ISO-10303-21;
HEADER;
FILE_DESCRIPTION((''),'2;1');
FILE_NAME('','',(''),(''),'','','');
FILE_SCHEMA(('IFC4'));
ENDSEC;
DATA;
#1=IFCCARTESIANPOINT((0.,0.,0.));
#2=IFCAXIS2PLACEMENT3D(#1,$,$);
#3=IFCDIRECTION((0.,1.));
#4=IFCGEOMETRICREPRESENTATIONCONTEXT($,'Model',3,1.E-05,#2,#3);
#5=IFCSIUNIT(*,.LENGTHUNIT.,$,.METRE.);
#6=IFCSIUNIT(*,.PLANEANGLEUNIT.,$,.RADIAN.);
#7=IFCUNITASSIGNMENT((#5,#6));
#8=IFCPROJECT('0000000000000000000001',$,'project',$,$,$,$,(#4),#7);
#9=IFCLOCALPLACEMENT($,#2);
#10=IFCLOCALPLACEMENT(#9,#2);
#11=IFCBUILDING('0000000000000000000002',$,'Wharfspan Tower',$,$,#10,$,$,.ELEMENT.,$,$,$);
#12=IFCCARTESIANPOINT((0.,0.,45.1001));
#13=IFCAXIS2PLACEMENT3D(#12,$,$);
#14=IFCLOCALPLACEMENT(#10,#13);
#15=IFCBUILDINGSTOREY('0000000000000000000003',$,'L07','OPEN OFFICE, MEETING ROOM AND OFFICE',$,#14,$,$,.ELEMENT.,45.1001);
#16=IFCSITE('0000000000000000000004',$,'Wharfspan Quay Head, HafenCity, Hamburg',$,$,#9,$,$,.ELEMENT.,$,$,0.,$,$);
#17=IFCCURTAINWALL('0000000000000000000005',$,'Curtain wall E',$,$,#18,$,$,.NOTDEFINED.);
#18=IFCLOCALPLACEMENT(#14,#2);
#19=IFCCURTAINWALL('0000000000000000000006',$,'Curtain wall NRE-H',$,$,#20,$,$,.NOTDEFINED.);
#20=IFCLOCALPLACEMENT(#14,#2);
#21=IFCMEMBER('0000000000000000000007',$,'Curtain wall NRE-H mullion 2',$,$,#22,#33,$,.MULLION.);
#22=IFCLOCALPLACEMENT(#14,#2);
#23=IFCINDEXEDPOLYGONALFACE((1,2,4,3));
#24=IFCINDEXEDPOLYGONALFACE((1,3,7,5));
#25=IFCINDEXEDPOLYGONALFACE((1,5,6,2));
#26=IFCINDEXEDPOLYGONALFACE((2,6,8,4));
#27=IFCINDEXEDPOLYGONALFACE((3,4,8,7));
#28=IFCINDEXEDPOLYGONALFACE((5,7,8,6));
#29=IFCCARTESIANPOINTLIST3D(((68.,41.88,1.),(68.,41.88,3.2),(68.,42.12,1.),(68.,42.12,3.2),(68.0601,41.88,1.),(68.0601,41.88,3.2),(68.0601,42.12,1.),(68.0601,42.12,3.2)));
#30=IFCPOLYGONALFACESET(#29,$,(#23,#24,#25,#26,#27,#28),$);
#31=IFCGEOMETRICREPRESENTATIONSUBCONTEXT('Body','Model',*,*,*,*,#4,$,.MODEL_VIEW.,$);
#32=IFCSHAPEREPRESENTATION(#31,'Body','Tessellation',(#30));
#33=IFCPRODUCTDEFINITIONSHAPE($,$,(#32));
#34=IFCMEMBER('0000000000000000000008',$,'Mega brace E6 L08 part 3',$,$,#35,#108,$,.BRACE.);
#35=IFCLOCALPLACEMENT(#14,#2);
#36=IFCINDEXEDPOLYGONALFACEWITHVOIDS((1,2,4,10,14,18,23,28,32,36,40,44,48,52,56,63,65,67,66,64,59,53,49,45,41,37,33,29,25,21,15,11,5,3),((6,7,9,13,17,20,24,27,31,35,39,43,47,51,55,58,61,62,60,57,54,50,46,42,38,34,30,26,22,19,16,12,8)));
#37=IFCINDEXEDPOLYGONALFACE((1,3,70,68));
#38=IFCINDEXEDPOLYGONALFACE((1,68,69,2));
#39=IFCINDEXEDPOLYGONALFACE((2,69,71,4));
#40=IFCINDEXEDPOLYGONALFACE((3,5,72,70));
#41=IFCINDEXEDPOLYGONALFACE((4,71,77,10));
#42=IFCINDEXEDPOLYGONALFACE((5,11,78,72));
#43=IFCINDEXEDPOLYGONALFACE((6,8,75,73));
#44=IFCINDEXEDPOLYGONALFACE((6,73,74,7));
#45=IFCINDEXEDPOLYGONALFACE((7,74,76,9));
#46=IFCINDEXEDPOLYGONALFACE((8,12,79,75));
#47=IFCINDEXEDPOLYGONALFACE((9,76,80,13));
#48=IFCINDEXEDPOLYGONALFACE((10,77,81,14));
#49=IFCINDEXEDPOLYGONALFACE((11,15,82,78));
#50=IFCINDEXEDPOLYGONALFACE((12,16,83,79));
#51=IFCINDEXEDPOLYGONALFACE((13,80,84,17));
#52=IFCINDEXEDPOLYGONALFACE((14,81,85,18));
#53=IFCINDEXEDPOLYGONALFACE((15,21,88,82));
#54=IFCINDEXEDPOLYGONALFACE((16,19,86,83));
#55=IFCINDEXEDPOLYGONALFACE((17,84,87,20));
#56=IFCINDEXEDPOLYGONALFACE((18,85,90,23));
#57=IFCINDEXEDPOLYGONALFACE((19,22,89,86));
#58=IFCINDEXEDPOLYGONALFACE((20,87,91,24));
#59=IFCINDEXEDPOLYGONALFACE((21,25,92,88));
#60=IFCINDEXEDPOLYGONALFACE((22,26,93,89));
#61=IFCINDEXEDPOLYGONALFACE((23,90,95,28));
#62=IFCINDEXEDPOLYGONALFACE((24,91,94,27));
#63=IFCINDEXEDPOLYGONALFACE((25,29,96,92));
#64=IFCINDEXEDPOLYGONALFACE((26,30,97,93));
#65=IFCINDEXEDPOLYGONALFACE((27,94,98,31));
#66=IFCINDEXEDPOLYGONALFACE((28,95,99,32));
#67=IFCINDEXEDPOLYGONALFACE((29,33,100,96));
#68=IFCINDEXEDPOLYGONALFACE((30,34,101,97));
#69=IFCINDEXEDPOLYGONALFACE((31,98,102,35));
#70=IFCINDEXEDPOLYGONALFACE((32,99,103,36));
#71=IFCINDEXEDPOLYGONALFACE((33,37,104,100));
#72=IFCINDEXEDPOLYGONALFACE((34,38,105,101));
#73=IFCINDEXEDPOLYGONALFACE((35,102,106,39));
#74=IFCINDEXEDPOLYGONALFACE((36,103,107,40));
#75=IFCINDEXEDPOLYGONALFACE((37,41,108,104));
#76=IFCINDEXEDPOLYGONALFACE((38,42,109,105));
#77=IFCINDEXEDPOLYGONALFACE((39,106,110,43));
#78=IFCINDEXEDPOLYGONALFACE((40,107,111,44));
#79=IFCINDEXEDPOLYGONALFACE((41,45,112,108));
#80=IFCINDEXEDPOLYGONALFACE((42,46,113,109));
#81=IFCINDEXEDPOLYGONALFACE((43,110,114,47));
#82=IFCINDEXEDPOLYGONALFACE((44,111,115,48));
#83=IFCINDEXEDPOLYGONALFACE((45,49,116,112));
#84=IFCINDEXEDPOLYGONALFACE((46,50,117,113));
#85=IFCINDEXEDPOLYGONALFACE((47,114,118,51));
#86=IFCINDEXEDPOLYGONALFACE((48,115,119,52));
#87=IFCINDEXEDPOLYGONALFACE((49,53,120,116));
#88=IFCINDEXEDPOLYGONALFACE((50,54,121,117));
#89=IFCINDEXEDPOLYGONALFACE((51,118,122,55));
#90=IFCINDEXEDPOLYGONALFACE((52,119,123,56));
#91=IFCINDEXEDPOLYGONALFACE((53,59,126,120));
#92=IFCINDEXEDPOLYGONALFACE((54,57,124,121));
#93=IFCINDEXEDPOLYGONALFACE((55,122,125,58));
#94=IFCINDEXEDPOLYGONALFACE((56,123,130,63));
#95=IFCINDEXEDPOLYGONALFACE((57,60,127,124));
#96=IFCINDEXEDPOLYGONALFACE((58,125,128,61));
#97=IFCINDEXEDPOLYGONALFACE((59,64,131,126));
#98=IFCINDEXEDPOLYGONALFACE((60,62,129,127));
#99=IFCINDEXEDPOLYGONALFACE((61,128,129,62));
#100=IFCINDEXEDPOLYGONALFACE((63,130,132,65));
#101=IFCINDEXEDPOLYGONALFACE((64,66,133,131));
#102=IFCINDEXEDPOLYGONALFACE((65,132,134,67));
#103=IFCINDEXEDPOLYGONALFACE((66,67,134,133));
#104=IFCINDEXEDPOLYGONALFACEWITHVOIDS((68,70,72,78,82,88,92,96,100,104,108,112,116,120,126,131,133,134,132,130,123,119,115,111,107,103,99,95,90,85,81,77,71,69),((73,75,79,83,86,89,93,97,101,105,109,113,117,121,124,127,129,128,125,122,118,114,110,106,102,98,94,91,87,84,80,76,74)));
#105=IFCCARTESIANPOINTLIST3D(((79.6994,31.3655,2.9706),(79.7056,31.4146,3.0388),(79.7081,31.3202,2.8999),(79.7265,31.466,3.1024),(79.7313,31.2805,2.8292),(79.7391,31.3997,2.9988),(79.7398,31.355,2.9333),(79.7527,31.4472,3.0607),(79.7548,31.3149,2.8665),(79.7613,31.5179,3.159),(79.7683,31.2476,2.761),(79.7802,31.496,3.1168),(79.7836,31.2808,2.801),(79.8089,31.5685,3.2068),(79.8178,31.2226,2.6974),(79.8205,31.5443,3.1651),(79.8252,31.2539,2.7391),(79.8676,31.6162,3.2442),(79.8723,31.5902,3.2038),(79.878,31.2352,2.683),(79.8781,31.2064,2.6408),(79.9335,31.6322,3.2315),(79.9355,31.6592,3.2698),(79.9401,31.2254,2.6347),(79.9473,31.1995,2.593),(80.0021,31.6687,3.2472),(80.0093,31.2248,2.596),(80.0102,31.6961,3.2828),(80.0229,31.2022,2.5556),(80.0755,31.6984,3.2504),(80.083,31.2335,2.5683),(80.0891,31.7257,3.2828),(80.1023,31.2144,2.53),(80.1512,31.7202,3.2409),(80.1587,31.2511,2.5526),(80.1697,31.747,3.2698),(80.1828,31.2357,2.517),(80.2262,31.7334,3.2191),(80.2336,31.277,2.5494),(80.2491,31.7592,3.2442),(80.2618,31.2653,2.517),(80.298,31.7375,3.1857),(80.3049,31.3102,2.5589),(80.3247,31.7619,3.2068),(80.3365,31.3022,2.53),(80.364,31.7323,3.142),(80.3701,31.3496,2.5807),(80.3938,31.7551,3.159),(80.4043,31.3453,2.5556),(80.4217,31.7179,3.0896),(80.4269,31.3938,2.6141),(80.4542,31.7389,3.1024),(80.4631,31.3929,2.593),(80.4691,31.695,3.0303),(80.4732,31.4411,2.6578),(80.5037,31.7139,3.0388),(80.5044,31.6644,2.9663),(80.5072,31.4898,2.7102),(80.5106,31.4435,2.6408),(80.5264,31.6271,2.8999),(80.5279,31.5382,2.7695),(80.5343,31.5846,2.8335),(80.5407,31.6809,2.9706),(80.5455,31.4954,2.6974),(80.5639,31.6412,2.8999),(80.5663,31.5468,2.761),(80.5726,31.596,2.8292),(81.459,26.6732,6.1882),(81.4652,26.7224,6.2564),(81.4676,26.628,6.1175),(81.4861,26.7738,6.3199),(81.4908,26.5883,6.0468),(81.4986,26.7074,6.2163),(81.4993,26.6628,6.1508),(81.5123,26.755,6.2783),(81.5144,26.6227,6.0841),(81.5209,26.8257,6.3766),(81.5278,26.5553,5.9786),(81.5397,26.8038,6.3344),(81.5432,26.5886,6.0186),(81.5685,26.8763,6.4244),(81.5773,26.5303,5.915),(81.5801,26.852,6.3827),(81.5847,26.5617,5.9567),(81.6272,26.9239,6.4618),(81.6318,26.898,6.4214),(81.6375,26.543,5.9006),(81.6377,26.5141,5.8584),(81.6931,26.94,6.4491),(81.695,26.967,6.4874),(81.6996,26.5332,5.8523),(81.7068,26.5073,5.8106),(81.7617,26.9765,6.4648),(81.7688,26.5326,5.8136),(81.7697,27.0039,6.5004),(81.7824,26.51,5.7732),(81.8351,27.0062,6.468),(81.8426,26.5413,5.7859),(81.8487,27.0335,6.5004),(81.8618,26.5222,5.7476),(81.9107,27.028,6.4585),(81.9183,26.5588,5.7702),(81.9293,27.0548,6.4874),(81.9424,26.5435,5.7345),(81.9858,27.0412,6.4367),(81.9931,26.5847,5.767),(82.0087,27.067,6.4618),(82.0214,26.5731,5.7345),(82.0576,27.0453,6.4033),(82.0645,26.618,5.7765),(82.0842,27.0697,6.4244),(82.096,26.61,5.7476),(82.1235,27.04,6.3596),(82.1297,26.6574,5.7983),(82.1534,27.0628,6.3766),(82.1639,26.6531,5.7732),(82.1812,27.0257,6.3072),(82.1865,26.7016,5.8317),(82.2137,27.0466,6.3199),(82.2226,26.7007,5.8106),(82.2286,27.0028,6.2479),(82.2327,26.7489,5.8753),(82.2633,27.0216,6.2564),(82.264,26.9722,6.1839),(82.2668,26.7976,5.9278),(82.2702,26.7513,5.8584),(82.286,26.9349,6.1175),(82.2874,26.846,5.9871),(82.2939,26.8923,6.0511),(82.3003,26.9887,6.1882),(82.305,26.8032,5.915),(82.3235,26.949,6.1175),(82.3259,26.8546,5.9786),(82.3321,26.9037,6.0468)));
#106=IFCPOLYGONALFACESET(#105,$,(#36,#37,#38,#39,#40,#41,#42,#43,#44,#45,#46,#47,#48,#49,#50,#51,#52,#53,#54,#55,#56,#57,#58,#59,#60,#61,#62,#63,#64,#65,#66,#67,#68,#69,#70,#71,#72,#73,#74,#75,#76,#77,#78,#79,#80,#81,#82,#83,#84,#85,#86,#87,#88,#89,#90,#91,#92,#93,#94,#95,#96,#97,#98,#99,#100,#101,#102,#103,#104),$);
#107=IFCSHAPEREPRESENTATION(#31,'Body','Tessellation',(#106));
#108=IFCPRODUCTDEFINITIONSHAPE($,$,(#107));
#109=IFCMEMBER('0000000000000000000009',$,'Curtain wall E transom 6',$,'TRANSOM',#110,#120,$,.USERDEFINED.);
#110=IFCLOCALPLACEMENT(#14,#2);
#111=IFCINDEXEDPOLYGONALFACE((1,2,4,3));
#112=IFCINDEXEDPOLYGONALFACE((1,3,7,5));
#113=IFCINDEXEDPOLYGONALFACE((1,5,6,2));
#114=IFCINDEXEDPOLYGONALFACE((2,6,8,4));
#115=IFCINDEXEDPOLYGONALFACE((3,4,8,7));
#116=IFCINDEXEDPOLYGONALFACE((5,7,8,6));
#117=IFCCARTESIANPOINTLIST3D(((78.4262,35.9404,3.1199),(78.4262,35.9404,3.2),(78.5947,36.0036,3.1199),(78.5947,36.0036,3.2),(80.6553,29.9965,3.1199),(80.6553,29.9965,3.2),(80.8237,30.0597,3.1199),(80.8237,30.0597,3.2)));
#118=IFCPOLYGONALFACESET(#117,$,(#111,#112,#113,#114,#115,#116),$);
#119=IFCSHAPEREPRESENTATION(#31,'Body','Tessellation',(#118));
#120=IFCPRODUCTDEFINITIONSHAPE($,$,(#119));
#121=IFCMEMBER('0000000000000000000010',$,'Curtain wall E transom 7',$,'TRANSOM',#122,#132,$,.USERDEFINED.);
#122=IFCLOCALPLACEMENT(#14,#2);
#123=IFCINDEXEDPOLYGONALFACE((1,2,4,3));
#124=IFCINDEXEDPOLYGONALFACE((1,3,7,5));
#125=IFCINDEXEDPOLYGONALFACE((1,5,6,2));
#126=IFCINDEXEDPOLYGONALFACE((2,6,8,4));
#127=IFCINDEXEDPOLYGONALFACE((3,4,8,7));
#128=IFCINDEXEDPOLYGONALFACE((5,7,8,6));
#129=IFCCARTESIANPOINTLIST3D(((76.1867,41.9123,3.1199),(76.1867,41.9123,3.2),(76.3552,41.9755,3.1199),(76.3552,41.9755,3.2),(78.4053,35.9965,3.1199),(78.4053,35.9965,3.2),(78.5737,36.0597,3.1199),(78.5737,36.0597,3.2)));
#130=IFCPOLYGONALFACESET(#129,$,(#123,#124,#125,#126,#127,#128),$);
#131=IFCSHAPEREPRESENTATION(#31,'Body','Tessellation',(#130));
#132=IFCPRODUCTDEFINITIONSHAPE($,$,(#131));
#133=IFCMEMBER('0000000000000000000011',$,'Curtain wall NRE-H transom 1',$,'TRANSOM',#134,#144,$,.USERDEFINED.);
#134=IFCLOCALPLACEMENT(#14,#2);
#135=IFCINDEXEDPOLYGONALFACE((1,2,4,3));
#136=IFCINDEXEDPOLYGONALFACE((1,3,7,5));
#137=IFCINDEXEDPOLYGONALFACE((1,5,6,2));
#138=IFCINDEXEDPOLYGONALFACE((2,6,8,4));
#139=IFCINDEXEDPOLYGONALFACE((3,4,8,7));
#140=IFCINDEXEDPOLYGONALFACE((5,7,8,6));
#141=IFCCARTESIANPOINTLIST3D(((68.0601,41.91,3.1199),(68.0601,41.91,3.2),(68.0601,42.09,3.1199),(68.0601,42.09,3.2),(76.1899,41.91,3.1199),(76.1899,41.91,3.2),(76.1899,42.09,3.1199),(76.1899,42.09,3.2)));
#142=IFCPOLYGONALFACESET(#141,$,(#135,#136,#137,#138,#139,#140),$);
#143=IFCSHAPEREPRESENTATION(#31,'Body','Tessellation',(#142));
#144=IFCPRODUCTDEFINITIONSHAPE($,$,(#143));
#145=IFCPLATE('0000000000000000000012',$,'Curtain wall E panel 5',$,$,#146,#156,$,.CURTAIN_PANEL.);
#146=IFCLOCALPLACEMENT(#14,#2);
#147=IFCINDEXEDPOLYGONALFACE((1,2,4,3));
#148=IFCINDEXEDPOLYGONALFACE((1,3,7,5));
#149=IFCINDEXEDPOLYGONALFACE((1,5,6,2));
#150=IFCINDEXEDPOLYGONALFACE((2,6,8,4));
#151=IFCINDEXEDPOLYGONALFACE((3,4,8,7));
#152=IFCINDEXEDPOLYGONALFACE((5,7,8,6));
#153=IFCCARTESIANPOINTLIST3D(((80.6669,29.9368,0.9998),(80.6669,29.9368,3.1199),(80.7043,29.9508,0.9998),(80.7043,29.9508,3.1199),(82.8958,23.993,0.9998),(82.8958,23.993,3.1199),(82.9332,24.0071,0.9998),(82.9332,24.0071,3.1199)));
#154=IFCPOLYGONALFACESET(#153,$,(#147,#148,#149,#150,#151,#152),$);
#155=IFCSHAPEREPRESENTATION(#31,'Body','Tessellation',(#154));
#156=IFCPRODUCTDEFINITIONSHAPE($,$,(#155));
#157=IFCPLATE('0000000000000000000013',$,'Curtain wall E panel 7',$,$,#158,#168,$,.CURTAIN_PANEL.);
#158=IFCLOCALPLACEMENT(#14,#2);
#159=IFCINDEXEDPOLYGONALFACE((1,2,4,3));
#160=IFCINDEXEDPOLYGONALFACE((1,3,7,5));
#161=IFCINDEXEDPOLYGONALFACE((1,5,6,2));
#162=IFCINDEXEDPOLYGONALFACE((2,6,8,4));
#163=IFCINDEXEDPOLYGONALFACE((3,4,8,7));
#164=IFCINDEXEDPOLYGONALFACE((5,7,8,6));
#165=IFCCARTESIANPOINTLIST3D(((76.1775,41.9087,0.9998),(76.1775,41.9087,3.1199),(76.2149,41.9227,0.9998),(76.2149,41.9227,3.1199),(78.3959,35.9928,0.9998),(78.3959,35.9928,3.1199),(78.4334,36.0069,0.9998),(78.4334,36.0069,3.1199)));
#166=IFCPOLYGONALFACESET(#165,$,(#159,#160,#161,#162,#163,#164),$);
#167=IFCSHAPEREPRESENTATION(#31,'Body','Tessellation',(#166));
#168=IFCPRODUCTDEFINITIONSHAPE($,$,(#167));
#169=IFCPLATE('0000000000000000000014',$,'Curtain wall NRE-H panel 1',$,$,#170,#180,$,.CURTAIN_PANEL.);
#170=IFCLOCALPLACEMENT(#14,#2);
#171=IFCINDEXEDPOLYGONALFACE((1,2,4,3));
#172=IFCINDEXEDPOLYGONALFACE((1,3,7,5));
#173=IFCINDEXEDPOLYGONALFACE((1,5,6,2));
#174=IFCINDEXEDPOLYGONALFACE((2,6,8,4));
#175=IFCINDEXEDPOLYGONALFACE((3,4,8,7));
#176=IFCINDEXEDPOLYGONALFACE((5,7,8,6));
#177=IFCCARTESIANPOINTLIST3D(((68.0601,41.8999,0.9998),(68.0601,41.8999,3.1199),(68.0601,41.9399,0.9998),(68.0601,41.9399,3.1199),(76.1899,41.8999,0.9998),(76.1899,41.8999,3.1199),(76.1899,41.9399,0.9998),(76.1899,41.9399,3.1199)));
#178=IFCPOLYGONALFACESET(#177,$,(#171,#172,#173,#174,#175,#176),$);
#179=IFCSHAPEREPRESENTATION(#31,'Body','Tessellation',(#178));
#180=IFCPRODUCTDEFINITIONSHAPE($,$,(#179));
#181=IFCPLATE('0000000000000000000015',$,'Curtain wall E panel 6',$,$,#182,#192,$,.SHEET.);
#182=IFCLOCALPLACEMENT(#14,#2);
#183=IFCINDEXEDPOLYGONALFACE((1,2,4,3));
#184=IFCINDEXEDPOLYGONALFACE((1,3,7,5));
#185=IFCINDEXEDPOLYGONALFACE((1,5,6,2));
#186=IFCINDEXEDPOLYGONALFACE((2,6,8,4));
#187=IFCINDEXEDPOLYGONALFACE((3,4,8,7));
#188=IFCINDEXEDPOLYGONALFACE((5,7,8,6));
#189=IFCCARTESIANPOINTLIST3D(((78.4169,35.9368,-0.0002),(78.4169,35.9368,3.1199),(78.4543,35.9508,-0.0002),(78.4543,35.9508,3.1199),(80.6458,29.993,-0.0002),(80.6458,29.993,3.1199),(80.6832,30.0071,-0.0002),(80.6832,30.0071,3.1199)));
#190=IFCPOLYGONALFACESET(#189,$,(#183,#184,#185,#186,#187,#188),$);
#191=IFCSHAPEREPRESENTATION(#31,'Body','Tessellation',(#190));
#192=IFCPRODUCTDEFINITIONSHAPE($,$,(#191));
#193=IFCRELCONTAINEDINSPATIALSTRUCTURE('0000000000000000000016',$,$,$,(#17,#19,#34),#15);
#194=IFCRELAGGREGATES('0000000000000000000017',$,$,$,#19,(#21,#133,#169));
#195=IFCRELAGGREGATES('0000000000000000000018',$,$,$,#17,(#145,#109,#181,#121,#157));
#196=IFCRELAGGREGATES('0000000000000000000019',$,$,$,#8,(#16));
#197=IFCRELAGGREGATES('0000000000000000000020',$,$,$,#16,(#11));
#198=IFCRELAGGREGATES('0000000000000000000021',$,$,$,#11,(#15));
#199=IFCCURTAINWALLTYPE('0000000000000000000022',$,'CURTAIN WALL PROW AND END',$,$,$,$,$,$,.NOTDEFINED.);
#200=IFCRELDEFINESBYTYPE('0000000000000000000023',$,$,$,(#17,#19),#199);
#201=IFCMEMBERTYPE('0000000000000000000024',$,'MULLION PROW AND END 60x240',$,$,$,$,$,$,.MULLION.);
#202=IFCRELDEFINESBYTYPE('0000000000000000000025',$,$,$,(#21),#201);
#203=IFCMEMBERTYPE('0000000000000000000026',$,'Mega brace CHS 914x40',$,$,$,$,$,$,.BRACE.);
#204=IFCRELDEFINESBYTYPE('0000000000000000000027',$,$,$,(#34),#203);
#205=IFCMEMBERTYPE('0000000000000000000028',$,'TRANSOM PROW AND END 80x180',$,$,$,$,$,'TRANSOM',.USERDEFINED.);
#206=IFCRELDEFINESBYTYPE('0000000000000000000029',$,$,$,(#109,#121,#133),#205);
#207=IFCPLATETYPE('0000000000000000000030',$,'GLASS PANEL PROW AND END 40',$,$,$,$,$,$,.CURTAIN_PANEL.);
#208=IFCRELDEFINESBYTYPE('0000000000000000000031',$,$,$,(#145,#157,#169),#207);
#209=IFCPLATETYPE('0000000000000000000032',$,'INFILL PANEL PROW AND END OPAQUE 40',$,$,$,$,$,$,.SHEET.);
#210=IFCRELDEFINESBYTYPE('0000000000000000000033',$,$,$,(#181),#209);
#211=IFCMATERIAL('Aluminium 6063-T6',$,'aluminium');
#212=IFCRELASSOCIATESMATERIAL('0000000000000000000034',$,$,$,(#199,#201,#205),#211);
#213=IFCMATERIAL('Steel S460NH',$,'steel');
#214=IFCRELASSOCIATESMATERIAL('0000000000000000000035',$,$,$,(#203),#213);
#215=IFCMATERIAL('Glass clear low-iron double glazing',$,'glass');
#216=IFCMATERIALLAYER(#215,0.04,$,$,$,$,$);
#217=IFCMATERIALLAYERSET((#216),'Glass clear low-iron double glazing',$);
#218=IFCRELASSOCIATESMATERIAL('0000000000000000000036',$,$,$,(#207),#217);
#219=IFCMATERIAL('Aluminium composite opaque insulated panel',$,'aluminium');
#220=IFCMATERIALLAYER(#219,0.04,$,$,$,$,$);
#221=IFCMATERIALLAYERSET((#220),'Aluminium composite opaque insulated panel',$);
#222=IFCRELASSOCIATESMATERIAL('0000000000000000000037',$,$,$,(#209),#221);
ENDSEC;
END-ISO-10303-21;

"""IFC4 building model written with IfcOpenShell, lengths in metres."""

from ifc_helpers import new_model, si_unit, direction, frame, origin, origin_2d, place, context, subcontext, project, spatial, rectangle, hollow_circle, extrude, material, layer, layer_set, material_profile, profile_set, type_object, element, aggregate, save


model = new_model("IFC4")

# Units and contexts
model_context = context("Model", 3, precision=1e-05, world=origin(), true_north=direction((0.0, 1.0)))
body_context = subcontext(model_context, "Body", "Model", "MODEL_VIEW")
ifc_project = project(units=[si_unit("LENGTHUNIT", "METRE"), si_unit("PLANEANGLEUNIT", "RADIAN")], contexts=[model_context])

# Site, building, storey
site_placement = place(None, origin())
site = spatial("IfcSite", under=ifc_project, at=site_placement, Name="Wharfspan Quay Head, HafenCity, Hamburg", CompositionType="ELEMENT", RefElevation=0.0)
building_placement = place(site_placement, origin())
building = spatial("IfcBuilding", under=site, at=building_placement, Name="Wharfspan Tower", CompositionType="ELEMENT")
storey_placement = place(building_placement, frame((0.0, 0.0, 45.1001)))
storey = spatial("IfcBuildingStorey", under=building, at=storey_placement, Name="L07", Description="OPEN OFFICE, MEETING ROOM AND OFFICE", CompositionType="ELEMENT", Elevation=45.1001)

# Curtain walls, member
ifc_material_1 = material(Name="Aluminium 6063-T6", Category="aluminium")
curtain_wall_type = type_object("IfcCurtainWallType", Name="CURTAIN WALL PROW AND END", PredefinedType="NOTDEFINED", material=ifc_material_1)
curtain_wall_1_placement = place(storey_placement, origin())
curtain_wall_1 = element("IfcCurtainWall", 1, at=curtain_wall_1_placement, inside=storey, type_object=curtain_wall_type, Name="Curtain wall E", PredefinedType="NOTDEFINED")
ifc_material_profile_1 = material_profile(ifc_material_1, rectangle(XDim=0.24, YDim=0.0601, at=origin_2d()))
ifc_profile_set_1 = profile_set([ifc_material_profile_1], Name="Aluminium 6063-T6")
member_type_1 = type_object("IfcMemberType", Name="MULLION PROW AND END 60x240", PredefinedType="MULLION", material=ifc_profile_set_1)
curtain_wall_2_placement = place(storey_placement, origin())
curtain_wall_2 = element("IfcCurtainWall", 2, at=curtain_wall_2_placement, inside=storey, type_object=curtain_wall_type, Name="Curtain wall NRE-H", PredefinedType="NOTDEFINED")
member_1_placement = place(storey_placement, frame((68.03, 42.0, 1.0), z_axis=(0.0, 0.0, 1.0), x_axis=(0.0, -1.0, 0.0)))
member_1 = element("IfcMember", 3, at=member_1_placement, type_object=member_type_1, Name="Curtain wall NRE-H mullion 2", PredefinedType="MULLION", context=body_context, shape_type="SweptSolid", body=[
    extrude(rectangle(XDim=0.24, YDim=0.0601, at=origin_2d()), origin(), (0.0, 0.0, 1.0), 2.2),
])

# Members
ifc_material_2 = material(Name="Steel S460NH", Category="steel")
ifc_material_profile_2 = material_profile(ifc_material_2, hollow_circle(Radius=0.457, WallThickness=0.04, at=origin_2d()))
ifc_profile_set_2 = profile_set([ifc_material_profile_2], Name="Steel S460NH")
member_type_2 = type_object("IfcMemberType", Name="Mega brace CHS 914x40", PredefinedType="BRACE", material=ifc_profile_set_2)
member_2_placement = place(storey_placement, frame((80.136, 31.4807, 2.8999), z_axis=(0.295459, -0.787904, 0.540288), x_axis=(0.936328, 0.351115, -0.000003)))
element("IfcMember", 4, at=member_2_placement, inside=storey, type_object=member_type_2, Name="Mega brace E6 L08 part 3", PredefinedType="BRACE", context=body_context, shape_type="SweptSolid", body=[
    extrude(hollow_circle(Radius=0.457, WallThickness=0.04, at=origin_2d()), origin(), (0.0, 0.0, 1.0), 5.9553),
])
ifc_material_profile_3 = material_profile(ifc_material_1, rectangle(XDim=0.1799, YDim=0.0801, at=origin_2d()))
ifc_profile_set_3 = profile_set([ifc_material_profile_3], Name="Aluminium 6063-T6")
member_type_3 = type_object("IfcMemberType", Name="TRANSOM PROW AND END 80x180", ElementType="TRANSOM", PredefinedType="USERDEFINED", material=ifc_profile_set_3)
member_3_placement = place(storey_placement, frame((80.7395, 30.0281, 3.1599), z_axis=(-0.351132, 0.936326, 0.0), x_axis=(-0.936326, -0.351132, 0.0)))
member_3 = element("IfcMember", 5, at=member_3_placement, type_object=member_type_3, Name="Curtain wall E transom 6", ObjectType="TRANSOM", PredefinedType="USERDEFINED", context=body_context, shape_type="SweptSolid", body=[
    extrude(rectangle(XDim=0.1799, YDim=0.0801, at=origin_2d()), origin(), (0.0, 0.0, 1.0), 6.3481),
])
member_4_placement = place(storey_placement, frame((78.4895, 36.0281, 3.1599), z_axis=(-0.351136, 0.936324, 0.0), x_axis=(-0.936324, -0.351136, 0.0)))
member_4 = element("IfcMember", 6, at=member_4_placement, type_object=member_type_3, Name="Curtain wall E transom 7", ObjectType="TRANSOM", PredefinedType="USERDEFINED", context=body_context, shape_type="SweptSolid", body=[
    extrude(rectangle(XDim=0.1799, YDim=0.0801, at=origin_2d()), origin(), (0.0, 0.0, 1.0), 6.3181),
])
member_5_placement = place(storey_placement, frame((76.1899, 42.0, 3.1599), z_axis=(-1.0, 0.0, 0.0), x_axis=(0.0, -1.0, 0.0)))
member_5 = element("IfcMember", 7, at=member_5_placement, type_object=member_type_3, Name="Curtain wall NRE-H transom 1", ObjectType="TRANSOM", PredefinedType="USERDEFINED", context=body_context, shape_type="SweptSolid", body=[
    extrude(rectangle(XDim=0.1799, YDim=0.0801, at=origin_2d()), origin(), (0.0, 0.0, 1.0), 8.1299),
])

# Plates
ifc_material_3 = material(Name="Glass clear low-iron double glazing", Category="glass")
ifc_layer_1 = layer(ifc_material_3, 0.04)
ifc_layer_set_1 = layer_set([ifc_layer_1], Name="Glass clear low-iron double glazing")
plate_type_1 = type_object("IfcPlateType", Name="GLASS PANEL PROW AND END 40", PredefinedType="CURTAIN_PANEL", material=ifc_layer_set_1)
plate_1_placement = place(storey_placement, frame((81.8, 26.9719, 0.9998), z_axis=(0.0, 0.0, 1.0), x_axis=(-0.351123, 0.936328, 0.0)))
plate_1 = element("IfcPlate", 8, at=plate_1_placement, type_object=plate_type_1, Name="Curtain wall E panel 5", PredefinedType="CURTAIN_PANEL", context=body_context, shape_type="SweptSolid", body=[
    extrude(rectangle(XDim=6.3479, YDim=0.04, at=origin_2d()), origin(), (0.0, 0.0, 1.0), 2.1201),
])
plate_2_placement = place(storey_placement, frame((77.3054, 38.9578, 0.9998), z_axis=(0.0, 0.0, 1.0), x_axis=(-0.351123, 0.936328, 0.0)))
plate_2 = element("IfcPlate", 9, at=plate_2_placement, type_object=plate_type_1, Name="Curtain wall E panel 7", PredefinedType="CURTAIN_PANEL", context=body_context, shape_type="SweptSolid", body=[
    extrude(rectangle(XDim=6.3181, YDim=0.04, at=origin_2d()), origin(), (0.0, 0.0, 1.0), 2.1201),
])
plate_3_placement = place(storey_placement, frame((72.125, 41.9199, 0.9998), z_axis=(0.0, 0.0, 1.0), x_axis=(-1.0, 0.0, 0.0)))
plate_3 = element("IfcPlate", 10, at=plate_3_placement, type_object=plate_type_1, Name="Curtain wall NRE-H panel 1", PredefinedType="CURTAIN_PANEL", context=body_context, shape_type="SweptSolid", body=[
    extrude(rectangle(XDim=8.1299, YDim=0.04, at=origin_2d()), origin(), (0.0, 0.0, 1.0), 2.1201),
])
aggregate(curtain_wall_2, [member_1, member_5, plate_3])
ifc_material_4 = material(Name="Aluminium composite opaque insulated panel", Category="aluminium")
ifc_layer_2 = layer(ifc_material_4, 0.04)
ifc_layer_set_2 = layer_set([ifc_layer_2], Name="Aluminium composite opaque insulated panel")
plate_type_2 = type_object("IfcPlateType", Name="INFILL PANEL PROW AND END OPAQUE 40", PredefinedType="SHEET", material=ifc_layer_set_2)
plate_4_placement = place(storey_placement, frame((79.55, 32.9719, -0.0002), z_axis=(0.0, 0.0, 1.0), x_axis=(-0.351123, 0.936328, 0.0)))
plate_4 = element("IfcPlate", 11, at=plate_4_placement, type_object=plate_type_2, Name="Curtain wall E panel 6", PredefinedType="SHEET", context=body_context, shape_type="SweptSolid", body=[
    extrude(rectangle(XDim=6.3479, YDim=0.04, at=origin_2d()), origin(), (0.0, 0.0, 1.0), 3.1201),
])
aggregate(curtain_wall_1, [plate_1, member_3, plate_4, member_4, plate_2])

save(model, "model.ifc")
